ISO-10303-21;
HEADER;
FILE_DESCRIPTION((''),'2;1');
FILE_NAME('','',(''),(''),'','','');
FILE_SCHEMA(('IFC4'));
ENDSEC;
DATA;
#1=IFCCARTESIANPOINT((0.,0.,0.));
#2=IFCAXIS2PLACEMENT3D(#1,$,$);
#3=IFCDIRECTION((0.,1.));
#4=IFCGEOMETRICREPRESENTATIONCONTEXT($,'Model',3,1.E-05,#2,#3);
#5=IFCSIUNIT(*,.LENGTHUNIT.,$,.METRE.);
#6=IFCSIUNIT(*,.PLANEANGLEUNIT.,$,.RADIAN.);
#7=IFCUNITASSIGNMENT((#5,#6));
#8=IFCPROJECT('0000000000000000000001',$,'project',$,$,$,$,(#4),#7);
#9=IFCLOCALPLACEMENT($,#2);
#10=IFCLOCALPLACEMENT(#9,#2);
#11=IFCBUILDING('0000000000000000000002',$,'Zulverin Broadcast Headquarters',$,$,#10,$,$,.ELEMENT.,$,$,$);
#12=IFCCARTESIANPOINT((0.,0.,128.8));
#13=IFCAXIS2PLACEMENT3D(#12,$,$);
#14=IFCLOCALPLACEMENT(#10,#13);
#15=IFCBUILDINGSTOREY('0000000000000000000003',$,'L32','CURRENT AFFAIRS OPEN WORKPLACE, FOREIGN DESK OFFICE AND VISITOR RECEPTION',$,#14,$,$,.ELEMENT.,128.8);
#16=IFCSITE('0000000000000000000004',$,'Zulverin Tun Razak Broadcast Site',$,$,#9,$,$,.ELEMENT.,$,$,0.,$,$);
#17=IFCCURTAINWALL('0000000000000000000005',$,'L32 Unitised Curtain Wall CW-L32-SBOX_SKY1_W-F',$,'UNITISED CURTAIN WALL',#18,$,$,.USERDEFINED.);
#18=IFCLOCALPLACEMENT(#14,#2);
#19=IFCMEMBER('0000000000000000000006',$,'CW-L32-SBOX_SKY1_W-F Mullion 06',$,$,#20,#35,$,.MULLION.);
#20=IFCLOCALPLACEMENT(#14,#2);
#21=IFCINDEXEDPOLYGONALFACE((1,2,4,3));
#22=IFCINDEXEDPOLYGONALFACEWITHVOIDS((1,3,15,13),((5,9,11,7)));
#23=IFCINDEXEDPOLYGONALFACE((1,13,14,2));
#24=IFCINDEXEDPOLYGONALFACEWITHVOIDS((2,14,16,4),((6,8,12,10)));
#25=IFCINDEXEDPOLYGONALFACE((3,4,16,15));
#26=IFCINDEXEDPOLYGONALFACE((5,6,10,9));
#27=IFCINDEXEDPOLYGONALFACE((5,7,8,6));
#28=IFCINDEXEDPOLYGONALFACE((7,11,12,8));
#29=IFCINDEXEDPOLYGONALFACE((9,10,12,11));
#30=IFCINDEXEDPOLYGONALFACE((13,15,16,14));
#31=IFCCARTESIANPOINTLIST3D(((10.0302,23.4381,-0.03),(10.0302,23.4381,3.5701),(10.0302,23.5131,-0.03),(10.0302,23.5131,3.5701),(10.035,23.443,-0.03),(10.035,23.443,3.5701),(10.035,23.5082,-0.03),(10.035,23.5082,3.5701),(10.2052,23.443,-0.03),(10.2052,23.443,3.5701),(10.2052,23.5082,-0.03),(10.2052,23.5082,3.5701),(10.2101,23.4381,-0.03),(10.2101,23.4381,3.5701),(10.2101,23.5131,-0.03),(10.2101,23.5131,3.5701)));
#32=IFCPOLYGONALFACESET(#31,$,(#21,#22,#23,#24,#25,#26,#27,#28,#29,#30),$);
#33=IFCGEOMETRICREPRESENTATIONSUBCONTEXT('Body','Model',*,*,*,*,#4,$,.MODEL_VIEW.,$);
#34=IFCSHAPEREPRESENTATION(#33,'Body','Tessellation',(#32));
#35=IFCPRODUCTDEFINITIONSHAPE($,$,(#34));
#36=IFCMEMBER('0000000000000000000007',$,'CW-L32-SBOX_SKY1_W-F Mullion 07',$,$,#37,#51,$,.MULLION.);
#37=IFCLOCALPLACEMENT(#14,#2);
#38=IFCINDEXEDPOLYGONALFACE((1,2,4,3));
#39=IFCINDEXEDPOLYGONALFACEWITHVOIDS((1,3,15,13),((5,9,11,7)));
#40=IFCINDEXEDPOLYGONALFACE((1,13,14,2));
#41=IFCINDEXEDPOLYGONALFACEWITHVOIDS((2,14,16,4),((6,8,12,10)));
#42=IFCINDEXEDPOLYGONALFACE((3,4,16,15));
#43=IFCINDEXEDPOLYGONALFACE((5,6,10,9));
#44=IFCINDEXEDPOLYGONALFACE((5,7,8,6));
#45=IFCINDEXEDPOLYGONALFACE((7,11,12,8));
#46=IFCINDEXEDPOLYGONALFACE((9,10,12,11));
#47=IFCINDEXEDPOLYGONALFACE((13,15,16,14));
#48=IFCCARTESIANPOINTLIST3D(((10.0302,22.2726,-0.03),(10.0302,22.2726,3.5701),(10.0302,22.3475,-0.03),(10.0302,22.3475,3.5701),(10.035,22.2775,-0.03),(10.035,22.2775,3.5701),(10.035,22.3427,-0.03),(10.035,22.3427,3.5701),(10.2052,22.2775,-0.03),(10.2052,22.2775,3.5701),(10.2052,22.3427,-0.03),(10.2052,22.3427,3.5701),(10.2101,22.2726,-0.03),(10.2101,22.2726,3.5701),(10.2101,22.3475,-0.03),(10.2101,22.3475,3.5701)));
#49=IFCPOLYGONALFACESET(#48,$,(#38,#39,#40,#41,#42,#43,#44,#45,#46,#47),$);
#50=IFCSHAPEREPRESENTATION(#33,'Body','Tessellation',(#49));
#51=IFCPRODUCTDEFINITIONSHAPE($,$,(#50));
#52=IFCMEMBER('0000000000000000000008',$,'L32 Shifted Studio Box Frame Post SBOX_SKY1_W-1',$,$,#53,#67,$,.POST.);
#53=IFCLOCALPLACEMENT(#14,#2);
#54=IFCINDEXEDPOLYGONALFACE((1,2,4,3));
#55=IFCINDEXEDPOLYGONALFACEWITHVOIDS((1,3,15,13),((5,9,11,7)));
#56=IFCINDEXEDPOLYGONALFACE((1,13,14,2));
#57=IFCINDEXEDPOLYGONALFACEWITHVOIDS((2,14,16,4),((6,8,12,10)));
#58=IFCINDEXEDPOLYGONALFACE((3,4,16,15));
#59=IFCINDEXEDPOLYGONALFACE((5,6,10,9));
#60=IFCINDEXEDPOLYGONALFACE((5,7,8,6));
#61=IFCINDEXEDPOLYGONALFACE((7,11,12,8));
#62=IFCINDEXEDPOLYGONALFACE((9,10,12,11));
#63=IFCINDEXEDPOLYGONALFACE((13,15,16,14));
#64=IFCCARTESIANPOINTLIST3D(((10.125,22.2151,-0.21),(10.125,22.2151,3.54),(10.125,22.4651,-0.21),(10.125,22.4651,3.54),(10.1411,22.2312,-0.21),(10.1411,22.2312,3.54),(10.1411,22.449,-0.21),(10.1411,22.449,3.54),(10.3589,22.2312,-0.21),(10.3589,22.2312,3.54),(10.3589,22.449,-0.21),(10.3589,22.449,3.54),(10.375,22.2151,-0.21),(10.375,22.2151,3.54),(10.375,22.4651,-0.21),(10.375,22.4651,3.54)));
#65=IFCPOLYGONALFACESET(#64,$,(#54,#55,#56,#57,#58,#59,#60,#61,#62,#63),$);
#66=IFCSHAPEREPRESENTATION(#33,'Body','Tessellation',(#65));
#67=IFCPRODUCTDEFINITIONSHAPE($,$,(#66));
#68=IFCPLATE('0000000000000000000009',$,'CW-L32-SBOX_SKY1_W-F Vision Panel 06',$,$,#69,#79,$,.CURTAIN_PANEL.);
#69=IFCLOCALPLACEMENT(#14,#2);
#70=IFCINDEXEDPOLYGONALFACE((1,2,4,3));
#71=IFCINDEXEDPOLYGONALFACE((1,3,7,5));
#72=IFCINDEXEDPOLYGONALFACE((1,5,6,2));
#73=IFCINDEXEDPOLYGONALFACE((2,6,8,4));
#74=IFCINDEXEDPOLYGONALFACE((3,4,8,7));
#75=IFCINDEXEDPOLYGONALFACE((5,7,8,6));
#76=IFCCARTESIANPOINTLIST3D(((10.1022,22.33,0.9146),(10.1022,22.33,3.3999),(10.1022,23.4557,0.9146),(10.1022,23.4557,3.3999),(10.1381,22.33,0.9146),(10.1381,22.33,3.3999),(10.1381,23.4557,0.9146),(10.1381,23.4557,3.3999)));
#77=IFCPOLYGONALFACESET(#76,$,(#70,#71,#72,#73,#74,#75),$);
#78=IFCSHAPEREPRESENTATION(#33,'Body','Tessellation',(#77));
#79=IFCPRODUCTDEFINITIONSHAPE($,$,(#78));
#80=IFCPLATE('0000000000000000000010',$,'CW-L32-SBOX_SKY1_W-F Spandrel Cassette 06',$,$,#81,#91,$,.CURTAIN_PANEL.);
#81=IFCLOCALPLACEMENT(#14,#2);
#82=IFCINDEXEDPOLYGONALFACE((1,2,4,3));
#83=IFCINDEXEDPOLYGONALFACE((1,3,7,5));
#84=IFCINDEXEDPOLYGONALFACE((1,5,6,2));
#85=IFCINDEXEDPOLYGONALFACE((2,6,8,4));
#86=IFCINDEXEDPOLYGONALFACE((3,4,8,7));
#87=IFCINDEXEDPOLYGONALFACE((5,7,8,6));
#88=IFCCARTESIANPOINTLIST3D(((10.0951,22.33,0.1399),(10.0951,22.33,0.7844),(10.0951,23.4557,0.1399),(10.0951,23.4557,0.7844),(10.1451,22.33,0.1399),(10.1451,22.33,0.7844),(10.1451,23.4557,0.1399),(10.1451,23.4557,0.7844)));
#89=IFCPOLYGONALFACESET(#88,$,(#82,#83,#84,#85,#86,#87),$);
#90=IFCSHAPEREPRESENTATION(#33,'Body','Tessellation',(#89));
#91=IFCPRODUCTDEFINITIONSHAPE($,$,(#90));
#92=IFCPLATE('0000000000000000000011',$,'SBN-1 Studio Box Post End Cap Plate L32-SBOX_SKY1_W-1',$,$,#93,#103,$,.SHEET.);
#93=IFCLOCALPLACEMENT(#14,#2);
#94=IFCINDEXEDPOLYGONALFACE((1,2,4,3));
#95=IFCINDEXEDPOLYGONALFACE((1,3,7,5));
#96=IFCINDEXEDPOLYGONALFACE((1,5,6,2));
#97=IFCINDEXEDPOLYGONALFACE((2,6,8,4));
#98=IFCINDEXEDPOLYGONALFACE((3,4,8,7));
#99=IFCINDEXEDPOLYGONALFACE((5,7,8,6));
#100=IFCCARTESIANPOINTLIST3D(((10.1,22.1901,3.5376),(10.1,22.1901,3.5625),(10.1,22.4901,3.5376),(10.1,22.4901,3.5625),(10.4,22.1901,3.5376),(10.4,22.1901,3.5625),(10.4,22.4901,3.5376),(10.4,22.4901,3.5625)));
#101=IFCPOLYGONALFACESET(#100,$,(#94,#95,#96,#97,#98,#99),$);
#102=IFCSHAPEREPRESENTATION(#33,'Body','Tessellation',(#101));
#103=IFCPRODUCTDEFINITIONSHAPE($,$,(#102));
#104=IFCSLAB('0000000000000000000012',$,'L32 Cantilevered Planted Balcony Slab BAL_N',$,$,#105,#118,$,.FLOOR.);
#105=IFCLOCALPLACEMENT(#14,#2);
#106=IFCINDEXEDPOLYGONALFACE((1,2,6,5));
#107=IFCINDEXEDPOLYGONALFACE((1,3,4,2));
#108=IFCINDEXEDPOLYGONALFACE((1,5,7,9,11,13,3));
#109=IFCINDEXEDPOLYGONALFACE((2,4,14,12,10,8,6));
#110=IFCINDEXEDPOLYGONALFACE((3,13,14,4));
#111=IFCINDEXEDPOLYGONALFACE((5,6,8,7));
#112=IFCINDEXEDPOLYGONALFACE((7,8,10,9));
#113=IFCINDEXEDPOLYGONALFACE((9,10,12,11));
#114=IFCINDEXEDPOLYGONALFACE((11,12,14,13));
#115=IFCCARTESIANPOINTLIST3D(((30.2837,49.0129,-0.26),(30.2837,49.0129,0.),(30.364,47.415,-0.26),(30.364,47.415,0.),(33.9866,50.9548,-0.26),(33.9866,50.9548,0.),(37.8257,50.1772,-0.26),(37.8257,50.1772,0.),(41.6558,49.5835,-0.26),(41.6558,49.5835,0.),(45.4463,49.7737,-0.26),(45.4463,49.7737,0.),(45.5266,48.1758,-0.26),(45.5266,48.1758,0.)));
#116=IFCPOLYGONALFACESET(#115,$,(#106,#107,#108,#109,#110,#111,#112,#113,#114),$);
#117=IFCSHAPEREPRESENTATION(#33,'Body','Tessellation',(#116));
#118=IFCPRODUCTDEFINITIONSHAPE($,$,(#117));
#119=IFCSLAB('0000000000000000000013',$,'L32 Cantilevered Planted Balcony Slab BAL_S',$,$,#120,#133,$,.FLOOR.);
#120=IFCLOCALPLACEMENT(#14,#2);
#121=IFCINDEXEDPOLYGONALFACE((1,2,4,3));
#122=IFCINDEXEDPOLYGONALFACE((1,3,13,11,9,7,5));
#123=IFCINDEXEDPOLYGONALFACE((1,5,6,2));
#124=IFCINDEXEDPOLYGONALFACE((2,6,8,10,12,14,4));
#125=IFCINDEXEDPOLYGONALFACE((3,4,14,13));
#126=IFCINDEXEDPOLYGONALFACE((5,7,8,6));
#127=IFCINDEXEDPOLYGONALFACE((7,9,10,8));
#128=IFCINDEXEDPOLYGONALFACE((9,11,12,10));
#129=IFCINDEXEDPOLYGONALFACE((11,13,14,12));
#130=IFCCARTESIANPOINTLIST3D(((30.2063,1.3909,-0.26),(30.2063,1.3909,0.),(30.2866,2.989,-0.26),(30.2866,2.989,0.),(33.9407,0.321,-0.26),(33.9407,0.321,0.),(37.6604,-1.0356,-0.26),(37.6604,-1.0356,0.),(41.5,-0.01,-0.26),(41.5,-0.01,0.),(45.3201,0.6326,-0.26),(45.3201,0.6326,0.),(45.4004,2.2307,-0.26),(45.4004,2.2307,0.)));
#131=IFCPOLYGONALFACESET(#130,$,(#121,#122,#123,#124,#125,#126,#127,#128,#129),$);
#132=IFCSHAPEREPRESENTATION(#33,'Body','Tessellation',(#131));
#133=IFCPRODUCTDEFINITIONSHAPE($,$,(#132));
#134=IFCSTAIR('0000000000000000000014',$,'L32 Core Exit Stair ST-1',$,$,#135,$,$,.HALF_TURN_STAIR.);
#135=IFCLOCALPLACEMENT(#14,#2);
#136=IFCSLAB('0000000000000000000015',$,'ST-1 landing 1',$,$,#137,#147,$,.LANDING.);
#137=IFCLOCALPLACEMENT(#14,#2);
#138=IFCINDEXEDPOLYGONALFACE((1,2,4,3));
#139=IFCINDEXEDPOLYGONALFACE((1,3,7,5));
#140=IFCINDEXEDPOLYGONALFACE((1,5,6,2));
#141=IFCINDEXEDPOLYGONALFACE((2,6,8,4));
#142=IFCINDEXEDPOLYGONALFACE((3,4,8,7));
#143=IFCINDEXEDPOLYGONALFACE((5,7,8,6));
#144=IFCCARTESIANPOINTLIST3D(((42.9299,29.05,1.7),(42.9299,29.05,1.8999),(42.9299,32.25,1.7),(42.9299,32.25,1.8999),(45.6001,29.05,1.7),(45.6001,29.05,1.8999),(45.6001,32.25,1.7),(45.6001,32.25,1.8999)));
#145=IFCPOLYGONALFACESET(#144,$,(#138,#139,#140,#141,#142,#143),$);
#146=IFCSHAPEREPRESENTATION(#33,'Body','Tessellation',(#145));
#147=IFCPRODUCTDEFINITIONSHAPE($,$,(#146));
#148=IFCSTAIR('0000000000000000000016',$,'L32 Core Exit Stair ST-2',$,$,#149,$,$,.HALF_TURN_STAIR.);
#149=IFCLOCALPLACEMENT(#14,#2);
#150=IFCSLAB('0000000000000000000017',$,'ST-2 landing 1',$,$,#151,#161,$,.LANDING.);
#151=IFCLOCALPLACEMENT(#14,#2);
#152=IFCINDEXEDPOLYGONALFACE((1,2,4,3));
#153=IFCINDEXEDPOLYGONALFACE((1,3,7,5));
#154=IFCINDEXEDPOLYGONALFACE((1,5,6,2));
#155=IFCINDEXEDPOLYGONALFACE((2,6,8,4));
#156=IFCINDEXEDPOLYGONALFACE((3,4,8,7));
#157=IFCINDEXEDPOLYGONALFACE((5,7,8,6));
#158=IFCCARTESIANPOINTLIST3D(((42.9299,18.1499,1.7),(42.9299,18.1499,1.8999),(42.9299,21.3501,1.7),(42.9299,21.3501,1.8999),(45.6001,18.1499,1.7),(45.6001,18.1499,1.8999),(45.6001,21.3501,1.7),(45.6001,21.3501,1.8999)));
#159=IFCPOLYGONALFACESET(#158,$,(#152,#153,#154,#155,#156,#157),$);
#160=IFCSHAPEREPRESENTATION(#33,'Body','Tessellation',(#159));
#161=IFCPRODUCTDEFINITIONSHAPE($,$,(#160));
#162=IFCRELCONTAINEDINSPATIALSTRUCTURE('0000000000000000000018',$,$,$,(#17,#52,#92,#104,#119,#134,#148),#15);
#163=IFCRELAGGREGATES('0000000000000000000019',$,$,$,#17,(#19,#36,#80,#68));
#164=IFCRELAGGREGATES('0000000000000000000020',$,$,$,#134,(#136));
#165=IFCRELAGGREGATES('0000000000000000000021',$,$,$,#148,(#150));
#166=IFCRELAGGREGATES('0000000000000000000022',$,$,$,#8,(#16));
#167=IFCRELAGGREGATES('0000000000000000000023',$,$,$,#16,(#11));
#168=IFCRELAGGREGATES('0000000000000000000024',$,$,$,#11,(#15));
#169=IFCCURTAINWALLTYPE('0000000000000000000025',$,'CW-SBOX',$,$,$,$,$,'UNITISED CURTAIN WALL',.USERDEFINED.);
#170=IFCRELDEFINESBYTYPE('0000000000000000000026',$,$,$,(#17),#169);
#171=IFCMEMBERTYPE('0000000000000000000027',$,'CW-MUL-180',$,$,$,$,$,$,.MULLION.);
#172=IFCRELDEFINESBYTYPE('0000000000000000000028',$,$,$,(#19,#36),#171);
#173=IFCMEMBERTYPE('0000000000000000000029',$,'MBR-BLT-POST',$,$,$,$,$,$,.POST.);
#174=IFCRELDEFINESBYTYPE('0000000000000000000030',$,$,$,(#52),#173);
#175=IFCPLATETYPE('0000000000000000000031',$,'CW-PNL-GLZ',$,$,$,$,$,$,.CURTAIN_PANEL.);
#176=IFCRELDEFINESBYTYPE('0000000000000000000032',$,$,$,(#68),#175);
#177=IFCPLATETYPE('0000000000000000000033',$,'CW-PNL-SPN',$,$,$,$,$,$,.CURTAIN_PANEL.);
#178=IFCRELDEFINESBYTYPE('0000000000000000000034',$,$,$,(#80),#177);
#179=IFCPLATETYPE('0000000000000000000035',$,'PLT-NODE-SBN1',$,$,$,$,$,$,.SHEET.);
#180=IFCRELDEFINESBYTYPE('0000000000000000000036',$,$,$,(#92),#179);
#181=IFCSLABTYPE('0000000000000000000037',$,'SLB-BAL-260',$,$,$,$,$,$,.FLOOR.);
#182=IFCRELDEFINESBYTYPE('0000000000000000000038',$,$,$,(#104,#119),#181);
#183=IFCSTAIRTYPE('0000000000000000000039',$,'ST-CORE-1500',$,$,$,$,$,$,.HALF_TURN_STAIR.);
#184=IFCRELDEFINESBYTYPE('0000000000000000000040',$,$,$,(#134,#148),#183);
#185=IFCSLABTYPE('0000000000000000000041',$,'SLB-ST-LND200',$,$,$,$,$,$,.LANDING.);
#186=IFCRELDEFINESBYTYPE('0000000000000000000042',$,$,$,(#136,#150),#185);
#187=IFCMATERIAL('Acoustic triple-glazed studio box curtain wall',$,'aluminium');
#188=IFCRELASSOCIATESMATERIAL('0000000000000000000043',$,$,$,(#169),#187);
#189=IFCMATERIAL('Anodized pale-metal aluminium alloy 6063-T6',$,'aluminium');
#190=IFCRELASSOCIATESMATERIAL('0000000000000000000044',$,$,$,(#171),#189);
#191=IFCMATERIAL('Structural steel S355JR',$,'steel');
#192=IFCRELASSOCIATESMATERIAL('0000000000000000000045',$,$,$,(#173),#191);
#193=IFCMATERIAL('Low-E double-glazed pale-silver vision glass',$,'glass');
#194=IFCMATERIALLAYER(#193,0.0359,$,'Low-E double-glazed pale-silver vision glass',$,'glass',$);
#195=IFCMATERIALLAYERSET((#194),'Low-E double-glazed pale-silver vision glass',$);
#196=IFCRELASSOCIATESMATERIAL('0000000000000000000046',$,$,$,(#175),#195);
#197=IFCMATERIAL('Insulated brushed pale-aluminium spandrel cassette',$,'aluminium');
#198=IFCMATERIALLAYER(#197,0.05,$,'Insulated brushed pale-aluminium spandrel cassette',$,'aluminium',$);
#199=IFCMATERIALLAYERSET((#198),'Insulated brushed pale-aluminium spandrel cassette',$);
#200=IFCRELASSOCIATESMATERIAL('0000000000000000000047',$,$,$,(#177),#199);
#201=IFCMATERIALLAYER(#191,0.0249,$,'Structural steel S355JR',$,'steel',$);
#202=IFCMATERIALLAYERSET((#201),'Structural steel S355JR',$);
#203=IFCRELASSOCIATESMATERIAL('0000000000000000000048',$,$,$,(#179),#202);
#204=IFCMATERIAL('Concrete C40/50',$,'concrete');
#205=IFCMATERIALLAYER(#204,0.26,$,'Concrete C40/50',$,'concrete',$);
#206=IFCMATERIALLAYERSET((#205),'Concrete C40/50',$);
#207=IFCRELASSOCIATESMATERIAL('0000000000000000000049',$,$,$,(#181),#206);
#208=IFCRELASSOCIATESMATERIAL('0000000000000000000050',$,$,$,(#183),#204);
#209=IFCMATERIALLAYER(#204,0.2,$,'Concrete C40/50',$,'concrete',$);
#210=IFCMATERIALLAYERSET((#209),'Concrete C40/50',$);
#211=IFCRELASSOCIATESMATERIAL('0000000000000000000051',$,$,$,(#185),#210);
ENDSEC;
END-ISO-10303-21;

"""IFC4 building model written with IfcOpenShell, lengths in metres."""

from ifc_helpers import new_model, si_unit, direction, frame, origin, origin_2d, place, context, subcontext, project, spatial, polyline, rectangle, hollow_rectangle, outline, extrude, material, layer, layer_set, material_profile, profile_set, type_object, element, aggregate, save


model = new_model("IFC4")

# Units and contexts
model_context = context("Model", 3, precision=1e-05, world=origin(), true_north=direction((0.0, 1.0)))
body_context = subcontext(model_context, "Body", "Model", "MODEL_VIEW")
ifc_project = project(units=[si_unit("LENGTHUNIT", "METRE"), si_unit("PLANEANGLEUNIT", "RADIAN")], contexts=[model_context])

# Site, building, storey
site_placement = place(None, origin())
site = spatial("IfcSite", under=ifc_project, at=site_placement, Name="Zulverin Tun Razak Broadcast Site", CompositionType="ELEMENT", RefElevation=0.0)
building_placement = place(site_placement, origin())
building = spatial("IfcBuilding", under=site, at=building_placement, Name="Zulverin Broadcast Headquarters", CompositionType="ELEMENT")
storey_placement = place(building_placement, frame((0.0, 0.0, 128.8)))
storey = spatial("IfcBuildingStorey", under=building, at=storey_placement, Name="L32", Description="CURRENT AFFAIRS OPEN WORKPLACE, FOREIGN DESK OFFICE AND VISITOR RECEPTION", CompositionType="ELEMENT", Elevation=128.8)

# Curtain wall, members
ifc_material_1 = material(Name="Acoustic triple-glazed studio box curtain wall", Category="aluminium")
curtain_wall_type = type_object("IfcCurtainWallType", Name="CW-SBOX", ElementType="UNITISED CURTAIN WALL", PredefinedType="USERDEFINED", material=ifc_material_1)
curtain_wall_placement = place(storey_placement, origin())
curtain_wall = element("IfcCurtainWall", 1, at=curtain_wall_placement, inside=storey, type_object=curtain_wall_type, Name="L32 Unitised Curtain Wall CW-L32-SBOX_SKY1_W-F", ObjectType="UNITISED CURTAIN WALL", PredefinedType="USERDEFINED")
ifc_material_2 = material(Name="Anodized pale-metal aluminium alloy 6063-T6", Category="aluminium")
ifc_material_profile_1 = material_profile(ifc_material_2, hollow_rectangle(XDim=0.075, YDim=0.1799, WallThickness=0.0049, at=origin_2d()), Name="Anodized pale-metal aluminium alloy 6063-T6", Category="aluminium")
ifc_profile_set_1 = profile_set([ifc_material_profile_1], Name="Anodized pale-metal aluminium alloy 6063-T6")
member_type_1 = type_object("IfcMemberType", Name="CW-MUL-180", PredefinedType="MULLION", material=ifc_profile_set_1)
member_1_placement = place(storey_placement, frame((10.1201, 23.4756, -0.03), z_axis=(0.0, 0.0, 1.0), x_axis=(0.0, -1.0, 0.0)))
member_1 = element("IfcMember", 2, at=member_1_placement, type_object=member_type_1, Name="CW-L32-SBOX_SKY1_W-F Mullion 06", PredefinedType="MULLION", context=body_context, shape_type="SweptSolid", body=[
    extrude(hollow_rectangle(XDim=0.075, YDim=0.1799, WallThickness=0.0049, at=origin_2d()), origin(), (0.0, 0.0, 1.0), 3.6001),
])
member_2_placement = place(storey_placement, frame((10.1201, 22.3101, -0.03), z_axis=(0.0, 0.0, 1.0), x_axis=(0.0, -1.0, 0.0)))
member_2 = element("IfcMember", 3, at=member_2_placement, type_object=member_type_1, Name="CW-L32-SBOX_SKY1_W-F Mullion 07", PredefinedType="MULLION", context=body_context, shape_type="SweptSolid", body=[
    extrude(hollow_rectangle(XDim=0.075, YDim=0.1799, WallThickness=0.0049, at=origin_2d()), origin(), (0.0, 0.0, 1.0), 3.6001),
])

# Member
ifc_material_3 = material(Name="Structural steel S355JR", Category="steel")
ifc_material_profile_2 = material_profile(ifc_material_3, hollow_rectangle(XDim=0.25, YDim=0.25, WallThickness=0.0161, at=origin_2d()), Name="Structural steel S355JR", Category="steel")
ifc_profile_set_2 = profile_set([ifc_material_profile_2], Name="Structural steel S355JR")
member_type_2 = type_object("IfcMemberType", Name="MBR-BLT-POST", PredefinedType="POST", material=ifc_profile_set_2)
member_3_placement = place(storey_placement, frame((10.25, 22.3401, -0.21), z_axis=(0.0, 0.0, 1.0), x_axis=(1.0, 0.0, 0.0)))
element("IfcMember", 4, at=member_3_placement, inside=storey, type_object=member_type_2, Name="L32 Shifted Studio Box Frame Post SBOX_SKY1_W-1", PredefinedType="POST", context=body_context, shape_type="SweptSolid", body=[
    extrude(hollow_rectangle(XDim=0.25, YDim=0.25, WallThickness=0.0161, at=origin_2d()), origin(), (0.0, 0.0, 1.0), 3.75),
])

# Plates
ifc_material_4 = material(Name="Low-E double-glazed pale-silver vision glass", Category="glass")
ifc_layer_1 = layer(ifc_material_4, 0.0359, Name="Low-E double-glazed pale-silver vision glass", Category="glass")
ifc_layer_set_1 = layer_set([ifc_layer_1], Name="Low-E double-glazed pale-silver vision glass")
plate_type_1 = type_object("IfcPlateType", Name="CW-PNL-GLZ", PredefinedType="CURTAIN_PANEL", material=ifc_layer_set_1)
plate_1_placement = place(storey_placement, frame((10.1201, 22.8928, 0.9146), z_axis=(0.0, 0.0, 1.0), x_axis=(0.0, -1.0, 0.0)))
plate_1 = element("IfcPlate", 5, at=plate_1_placement, type_object=plate_type_1, Name="CW-L32-SBOX_SKY1_W-F Vision Panel 06", PredefinedType="CURTAIN_PANEL", context=body_context, shape_type="SweptSolid", body=[
    extrude(rectangle(XDim=1.1257, YDim=0.0359, at=origin_2d()), origin(), (0.0, 0.0, 1.0), 2.4854),
])
ifc_material_5 = material(Name="Insulated brushed pale-aluminium spandrel cassette", Category="aluminium")
ifc_layer_2 = layer(ifc_material_5, 0.05, Name="Insulated brushed pale-aluminium spandrel cassette", Category="aluminium")
ifc_layer_set_2 = layer_set([ifc_layer_2], Name="Insulated brushed pale-aluminium spandrel cassette")
plate_type_2 = type_object("IfcPlateType", Name="CW-PNL-SPN", PredefinedType="CURTAIN_PANEL", material=ifc_layer_set_2)
plate_2_placement = place(storey_placement, frame((10.1201, 22.8928, 0.1399), z_axis=(0.0, 0.0, 1.0), x_axis=(0.0, -1.0, 0.0)))
plate_2 = element("IfcPlate", 6, at=plate_2_placement, type_object=plate_type_2, Name="CW-L32-SBOX_SKY1_W-F Spandrel Cassette 06", PredefinedType="CURTAIN_PANEL", context=body_context, shape_type="SweptSolid", body=[
    extrude(rectangle(XDim=1.1257, YDim=0.05, at=origin_2d()), origin(), (0.0, 0.0, 1.0), 0.6445),
])
aggregate(curtain_wall, [member_1, member_2, plate_2, plate_1])
ifc_layer_3 = layer(ifc_material_3, 0.0249, Name="Structural steel S355JR", Category="steel")
ifc_layer_set_3 = layer_set([ifc_layer_3], Name="Structural steel S355JR")
plate_type_3 = type_object("IfcPlateType", Name="PLT-NODE-SBN1", PredefinedType="SHEET", material=ifc_layer_set_3)
plate_3_placement = place(storey_placement, frame((10.25, 22.3401, 3.5376), z_axis=(0.0, 0.0, 1.0), x_axis=(1.0, 0.0, 0.0)))
element("IfcPlate", 7, at=plate_3_placement, inside=storey, type_object=plate_type_3, Name="SBN-1 Studio Box Post End Cap Plate L32-SBOX_SKY1_W-1", PredefinedType="SHEET", context=body_context, shape_type="SweptSolid", body=[
    extrude(rectangle(XDim=0.3, YDim=0.3, at=origin_2d()), origin(), (0.0, 0.0, 1.0), 0.0249),
])

# Slabs
ifc_material_6 = material(Name="Concrete C40/50", Category="concrete")
ifc_layer_4 = layer(ifc_material_6, 0.26, Name="Concrete C40/50", Category="concrete")
ifc_layer_set_4 = layer_set([ifc_layer_4], Name="Concrete C40/50")
slab_type_1 = type_object("IfcSlabType", Name="SLB-BAL-260", PredefinedType="FLOOR", material=ifc_layer_set_4)
slab_1_placement = place(storey_placement, frame((0.0, 0.0, -0.26)))
element("IfcSlab", 8, at=slab_1_placement, inside=storey, type_object=slab_type_1, Name="L32 Cantilevered Planted Balcony Slab BAL_N", PredefinedType="FLOOR", context=body_context, shape_type="SweptSolid", body=[
    extrude(outline(polyline([(30.364, 47.415), (45.5266, 48.1758), (45.4463, 49.7737), (41.6558, 49.5835), (37.8257, 50.1772), (33.9866, 50.9548), (30.2837, 49.0129), (30.364, 47.415)])), origin(), (0.0, 0.0, 1.0), 0.26),
])
slab_2_placement = place(storey_placement, frame((0.0, 0.0, -0.26)))
element("IfcSlab", 9, at=slab_2_placement, inside=storey, type_object=slab_type_1, Name="L32 Cantilevered Planted Balcony Slab BAL_S", PredefinedType="FLOOR", context=body_context, shape_type="SweptSolid", body=[
    extrude(outline(polyline([(45.4004, 2.2307), (30.2866, 2.989), (30.2063, 1.3909), (33.9407, 0.321), (37.6604, -1.0356), (41.5, -0.01), (45.3201, 0.6326), (45.4004, 2.2307)])), origin(), (0.0, 0.0, 1.0), 0.26),
])

# Stairs, slabs
stair_type = type_object("IfcStairType", Name="ST-CORE-1500", PredefinedType="HALF_TURN_STAIR", material=ifc_material_6)
stair_1_placement = place(storey_placement, origin())
stair_1 = element("IfcStair", 10, at=stair_1_placement, inside=storey, type_object=stair_type, Name="L32 Core Exit Stair ST-1", PredefinedType="HALF_TURN_STAIR")
ifc_layer_5 = layer(ifc_material_6, 0.2, Name="Concrete C40/50", Category="concrete")
ifc_layer_set_5 = layer_set([ifc_layer_5], Name="Concrete C40/50")
slab_type_2 = type_object("IfcSlabType", Name="SLB-ST-LND200", PredefinedType="LANDING", material=ifc_layer_set_5)
slab_3_placement = place(storey_placement, frame((0.0, 0.0, 1.7)))
slab_3 = element("IfcSlab", 11, at=slab_3_placement, type_object=slab_type_2, Name="ST-1 landing 1", PredefinedType="LANDING", context=body_context, shape_type="SweptSolid", body=[
    extrude(outline(polyline([(42.9299, 29.05), (45.6001, 29.05), (45.6001, 32.25), (42.9299, 32.25), (42.9299, 29.05)])), origin(), (0.0, 0.0, 1.0), 0.2),
])
aggregate(stair_1, [slab_3])
stair_2_placement = place(storey_placement, origin())
stair_2 = element("IfcStair", 12, at=stair_2_placement, inside=storey, type_object=stair_type, Name="L32 Core Exit Stair ST-2", PredefinedType="HALF_TURN_STAIR")
slab_4_placement = place(storey_placement, frame((0.0, 0.0, 1.7)))
slab_4 = element("IfcSlab", 13, at=slab_4_placement, type_object=slab_type_2, Name="ST-2 landing 1", PredefinedType="LANDING", context=body_context, shape_type="SweptSolid", body=[
    extrude(outline(polyline([(42.9299, 18.1499), (45.6001, 18.1499), (45.6001, 21.3501), (42.9299, 21.3501), (42.9299, 18.1499)])), origin(), (0.0, 0.0, 1.0), 0.2),
])
aggregate(stair_2, [slab_4])

save(model, "model.ifc")
